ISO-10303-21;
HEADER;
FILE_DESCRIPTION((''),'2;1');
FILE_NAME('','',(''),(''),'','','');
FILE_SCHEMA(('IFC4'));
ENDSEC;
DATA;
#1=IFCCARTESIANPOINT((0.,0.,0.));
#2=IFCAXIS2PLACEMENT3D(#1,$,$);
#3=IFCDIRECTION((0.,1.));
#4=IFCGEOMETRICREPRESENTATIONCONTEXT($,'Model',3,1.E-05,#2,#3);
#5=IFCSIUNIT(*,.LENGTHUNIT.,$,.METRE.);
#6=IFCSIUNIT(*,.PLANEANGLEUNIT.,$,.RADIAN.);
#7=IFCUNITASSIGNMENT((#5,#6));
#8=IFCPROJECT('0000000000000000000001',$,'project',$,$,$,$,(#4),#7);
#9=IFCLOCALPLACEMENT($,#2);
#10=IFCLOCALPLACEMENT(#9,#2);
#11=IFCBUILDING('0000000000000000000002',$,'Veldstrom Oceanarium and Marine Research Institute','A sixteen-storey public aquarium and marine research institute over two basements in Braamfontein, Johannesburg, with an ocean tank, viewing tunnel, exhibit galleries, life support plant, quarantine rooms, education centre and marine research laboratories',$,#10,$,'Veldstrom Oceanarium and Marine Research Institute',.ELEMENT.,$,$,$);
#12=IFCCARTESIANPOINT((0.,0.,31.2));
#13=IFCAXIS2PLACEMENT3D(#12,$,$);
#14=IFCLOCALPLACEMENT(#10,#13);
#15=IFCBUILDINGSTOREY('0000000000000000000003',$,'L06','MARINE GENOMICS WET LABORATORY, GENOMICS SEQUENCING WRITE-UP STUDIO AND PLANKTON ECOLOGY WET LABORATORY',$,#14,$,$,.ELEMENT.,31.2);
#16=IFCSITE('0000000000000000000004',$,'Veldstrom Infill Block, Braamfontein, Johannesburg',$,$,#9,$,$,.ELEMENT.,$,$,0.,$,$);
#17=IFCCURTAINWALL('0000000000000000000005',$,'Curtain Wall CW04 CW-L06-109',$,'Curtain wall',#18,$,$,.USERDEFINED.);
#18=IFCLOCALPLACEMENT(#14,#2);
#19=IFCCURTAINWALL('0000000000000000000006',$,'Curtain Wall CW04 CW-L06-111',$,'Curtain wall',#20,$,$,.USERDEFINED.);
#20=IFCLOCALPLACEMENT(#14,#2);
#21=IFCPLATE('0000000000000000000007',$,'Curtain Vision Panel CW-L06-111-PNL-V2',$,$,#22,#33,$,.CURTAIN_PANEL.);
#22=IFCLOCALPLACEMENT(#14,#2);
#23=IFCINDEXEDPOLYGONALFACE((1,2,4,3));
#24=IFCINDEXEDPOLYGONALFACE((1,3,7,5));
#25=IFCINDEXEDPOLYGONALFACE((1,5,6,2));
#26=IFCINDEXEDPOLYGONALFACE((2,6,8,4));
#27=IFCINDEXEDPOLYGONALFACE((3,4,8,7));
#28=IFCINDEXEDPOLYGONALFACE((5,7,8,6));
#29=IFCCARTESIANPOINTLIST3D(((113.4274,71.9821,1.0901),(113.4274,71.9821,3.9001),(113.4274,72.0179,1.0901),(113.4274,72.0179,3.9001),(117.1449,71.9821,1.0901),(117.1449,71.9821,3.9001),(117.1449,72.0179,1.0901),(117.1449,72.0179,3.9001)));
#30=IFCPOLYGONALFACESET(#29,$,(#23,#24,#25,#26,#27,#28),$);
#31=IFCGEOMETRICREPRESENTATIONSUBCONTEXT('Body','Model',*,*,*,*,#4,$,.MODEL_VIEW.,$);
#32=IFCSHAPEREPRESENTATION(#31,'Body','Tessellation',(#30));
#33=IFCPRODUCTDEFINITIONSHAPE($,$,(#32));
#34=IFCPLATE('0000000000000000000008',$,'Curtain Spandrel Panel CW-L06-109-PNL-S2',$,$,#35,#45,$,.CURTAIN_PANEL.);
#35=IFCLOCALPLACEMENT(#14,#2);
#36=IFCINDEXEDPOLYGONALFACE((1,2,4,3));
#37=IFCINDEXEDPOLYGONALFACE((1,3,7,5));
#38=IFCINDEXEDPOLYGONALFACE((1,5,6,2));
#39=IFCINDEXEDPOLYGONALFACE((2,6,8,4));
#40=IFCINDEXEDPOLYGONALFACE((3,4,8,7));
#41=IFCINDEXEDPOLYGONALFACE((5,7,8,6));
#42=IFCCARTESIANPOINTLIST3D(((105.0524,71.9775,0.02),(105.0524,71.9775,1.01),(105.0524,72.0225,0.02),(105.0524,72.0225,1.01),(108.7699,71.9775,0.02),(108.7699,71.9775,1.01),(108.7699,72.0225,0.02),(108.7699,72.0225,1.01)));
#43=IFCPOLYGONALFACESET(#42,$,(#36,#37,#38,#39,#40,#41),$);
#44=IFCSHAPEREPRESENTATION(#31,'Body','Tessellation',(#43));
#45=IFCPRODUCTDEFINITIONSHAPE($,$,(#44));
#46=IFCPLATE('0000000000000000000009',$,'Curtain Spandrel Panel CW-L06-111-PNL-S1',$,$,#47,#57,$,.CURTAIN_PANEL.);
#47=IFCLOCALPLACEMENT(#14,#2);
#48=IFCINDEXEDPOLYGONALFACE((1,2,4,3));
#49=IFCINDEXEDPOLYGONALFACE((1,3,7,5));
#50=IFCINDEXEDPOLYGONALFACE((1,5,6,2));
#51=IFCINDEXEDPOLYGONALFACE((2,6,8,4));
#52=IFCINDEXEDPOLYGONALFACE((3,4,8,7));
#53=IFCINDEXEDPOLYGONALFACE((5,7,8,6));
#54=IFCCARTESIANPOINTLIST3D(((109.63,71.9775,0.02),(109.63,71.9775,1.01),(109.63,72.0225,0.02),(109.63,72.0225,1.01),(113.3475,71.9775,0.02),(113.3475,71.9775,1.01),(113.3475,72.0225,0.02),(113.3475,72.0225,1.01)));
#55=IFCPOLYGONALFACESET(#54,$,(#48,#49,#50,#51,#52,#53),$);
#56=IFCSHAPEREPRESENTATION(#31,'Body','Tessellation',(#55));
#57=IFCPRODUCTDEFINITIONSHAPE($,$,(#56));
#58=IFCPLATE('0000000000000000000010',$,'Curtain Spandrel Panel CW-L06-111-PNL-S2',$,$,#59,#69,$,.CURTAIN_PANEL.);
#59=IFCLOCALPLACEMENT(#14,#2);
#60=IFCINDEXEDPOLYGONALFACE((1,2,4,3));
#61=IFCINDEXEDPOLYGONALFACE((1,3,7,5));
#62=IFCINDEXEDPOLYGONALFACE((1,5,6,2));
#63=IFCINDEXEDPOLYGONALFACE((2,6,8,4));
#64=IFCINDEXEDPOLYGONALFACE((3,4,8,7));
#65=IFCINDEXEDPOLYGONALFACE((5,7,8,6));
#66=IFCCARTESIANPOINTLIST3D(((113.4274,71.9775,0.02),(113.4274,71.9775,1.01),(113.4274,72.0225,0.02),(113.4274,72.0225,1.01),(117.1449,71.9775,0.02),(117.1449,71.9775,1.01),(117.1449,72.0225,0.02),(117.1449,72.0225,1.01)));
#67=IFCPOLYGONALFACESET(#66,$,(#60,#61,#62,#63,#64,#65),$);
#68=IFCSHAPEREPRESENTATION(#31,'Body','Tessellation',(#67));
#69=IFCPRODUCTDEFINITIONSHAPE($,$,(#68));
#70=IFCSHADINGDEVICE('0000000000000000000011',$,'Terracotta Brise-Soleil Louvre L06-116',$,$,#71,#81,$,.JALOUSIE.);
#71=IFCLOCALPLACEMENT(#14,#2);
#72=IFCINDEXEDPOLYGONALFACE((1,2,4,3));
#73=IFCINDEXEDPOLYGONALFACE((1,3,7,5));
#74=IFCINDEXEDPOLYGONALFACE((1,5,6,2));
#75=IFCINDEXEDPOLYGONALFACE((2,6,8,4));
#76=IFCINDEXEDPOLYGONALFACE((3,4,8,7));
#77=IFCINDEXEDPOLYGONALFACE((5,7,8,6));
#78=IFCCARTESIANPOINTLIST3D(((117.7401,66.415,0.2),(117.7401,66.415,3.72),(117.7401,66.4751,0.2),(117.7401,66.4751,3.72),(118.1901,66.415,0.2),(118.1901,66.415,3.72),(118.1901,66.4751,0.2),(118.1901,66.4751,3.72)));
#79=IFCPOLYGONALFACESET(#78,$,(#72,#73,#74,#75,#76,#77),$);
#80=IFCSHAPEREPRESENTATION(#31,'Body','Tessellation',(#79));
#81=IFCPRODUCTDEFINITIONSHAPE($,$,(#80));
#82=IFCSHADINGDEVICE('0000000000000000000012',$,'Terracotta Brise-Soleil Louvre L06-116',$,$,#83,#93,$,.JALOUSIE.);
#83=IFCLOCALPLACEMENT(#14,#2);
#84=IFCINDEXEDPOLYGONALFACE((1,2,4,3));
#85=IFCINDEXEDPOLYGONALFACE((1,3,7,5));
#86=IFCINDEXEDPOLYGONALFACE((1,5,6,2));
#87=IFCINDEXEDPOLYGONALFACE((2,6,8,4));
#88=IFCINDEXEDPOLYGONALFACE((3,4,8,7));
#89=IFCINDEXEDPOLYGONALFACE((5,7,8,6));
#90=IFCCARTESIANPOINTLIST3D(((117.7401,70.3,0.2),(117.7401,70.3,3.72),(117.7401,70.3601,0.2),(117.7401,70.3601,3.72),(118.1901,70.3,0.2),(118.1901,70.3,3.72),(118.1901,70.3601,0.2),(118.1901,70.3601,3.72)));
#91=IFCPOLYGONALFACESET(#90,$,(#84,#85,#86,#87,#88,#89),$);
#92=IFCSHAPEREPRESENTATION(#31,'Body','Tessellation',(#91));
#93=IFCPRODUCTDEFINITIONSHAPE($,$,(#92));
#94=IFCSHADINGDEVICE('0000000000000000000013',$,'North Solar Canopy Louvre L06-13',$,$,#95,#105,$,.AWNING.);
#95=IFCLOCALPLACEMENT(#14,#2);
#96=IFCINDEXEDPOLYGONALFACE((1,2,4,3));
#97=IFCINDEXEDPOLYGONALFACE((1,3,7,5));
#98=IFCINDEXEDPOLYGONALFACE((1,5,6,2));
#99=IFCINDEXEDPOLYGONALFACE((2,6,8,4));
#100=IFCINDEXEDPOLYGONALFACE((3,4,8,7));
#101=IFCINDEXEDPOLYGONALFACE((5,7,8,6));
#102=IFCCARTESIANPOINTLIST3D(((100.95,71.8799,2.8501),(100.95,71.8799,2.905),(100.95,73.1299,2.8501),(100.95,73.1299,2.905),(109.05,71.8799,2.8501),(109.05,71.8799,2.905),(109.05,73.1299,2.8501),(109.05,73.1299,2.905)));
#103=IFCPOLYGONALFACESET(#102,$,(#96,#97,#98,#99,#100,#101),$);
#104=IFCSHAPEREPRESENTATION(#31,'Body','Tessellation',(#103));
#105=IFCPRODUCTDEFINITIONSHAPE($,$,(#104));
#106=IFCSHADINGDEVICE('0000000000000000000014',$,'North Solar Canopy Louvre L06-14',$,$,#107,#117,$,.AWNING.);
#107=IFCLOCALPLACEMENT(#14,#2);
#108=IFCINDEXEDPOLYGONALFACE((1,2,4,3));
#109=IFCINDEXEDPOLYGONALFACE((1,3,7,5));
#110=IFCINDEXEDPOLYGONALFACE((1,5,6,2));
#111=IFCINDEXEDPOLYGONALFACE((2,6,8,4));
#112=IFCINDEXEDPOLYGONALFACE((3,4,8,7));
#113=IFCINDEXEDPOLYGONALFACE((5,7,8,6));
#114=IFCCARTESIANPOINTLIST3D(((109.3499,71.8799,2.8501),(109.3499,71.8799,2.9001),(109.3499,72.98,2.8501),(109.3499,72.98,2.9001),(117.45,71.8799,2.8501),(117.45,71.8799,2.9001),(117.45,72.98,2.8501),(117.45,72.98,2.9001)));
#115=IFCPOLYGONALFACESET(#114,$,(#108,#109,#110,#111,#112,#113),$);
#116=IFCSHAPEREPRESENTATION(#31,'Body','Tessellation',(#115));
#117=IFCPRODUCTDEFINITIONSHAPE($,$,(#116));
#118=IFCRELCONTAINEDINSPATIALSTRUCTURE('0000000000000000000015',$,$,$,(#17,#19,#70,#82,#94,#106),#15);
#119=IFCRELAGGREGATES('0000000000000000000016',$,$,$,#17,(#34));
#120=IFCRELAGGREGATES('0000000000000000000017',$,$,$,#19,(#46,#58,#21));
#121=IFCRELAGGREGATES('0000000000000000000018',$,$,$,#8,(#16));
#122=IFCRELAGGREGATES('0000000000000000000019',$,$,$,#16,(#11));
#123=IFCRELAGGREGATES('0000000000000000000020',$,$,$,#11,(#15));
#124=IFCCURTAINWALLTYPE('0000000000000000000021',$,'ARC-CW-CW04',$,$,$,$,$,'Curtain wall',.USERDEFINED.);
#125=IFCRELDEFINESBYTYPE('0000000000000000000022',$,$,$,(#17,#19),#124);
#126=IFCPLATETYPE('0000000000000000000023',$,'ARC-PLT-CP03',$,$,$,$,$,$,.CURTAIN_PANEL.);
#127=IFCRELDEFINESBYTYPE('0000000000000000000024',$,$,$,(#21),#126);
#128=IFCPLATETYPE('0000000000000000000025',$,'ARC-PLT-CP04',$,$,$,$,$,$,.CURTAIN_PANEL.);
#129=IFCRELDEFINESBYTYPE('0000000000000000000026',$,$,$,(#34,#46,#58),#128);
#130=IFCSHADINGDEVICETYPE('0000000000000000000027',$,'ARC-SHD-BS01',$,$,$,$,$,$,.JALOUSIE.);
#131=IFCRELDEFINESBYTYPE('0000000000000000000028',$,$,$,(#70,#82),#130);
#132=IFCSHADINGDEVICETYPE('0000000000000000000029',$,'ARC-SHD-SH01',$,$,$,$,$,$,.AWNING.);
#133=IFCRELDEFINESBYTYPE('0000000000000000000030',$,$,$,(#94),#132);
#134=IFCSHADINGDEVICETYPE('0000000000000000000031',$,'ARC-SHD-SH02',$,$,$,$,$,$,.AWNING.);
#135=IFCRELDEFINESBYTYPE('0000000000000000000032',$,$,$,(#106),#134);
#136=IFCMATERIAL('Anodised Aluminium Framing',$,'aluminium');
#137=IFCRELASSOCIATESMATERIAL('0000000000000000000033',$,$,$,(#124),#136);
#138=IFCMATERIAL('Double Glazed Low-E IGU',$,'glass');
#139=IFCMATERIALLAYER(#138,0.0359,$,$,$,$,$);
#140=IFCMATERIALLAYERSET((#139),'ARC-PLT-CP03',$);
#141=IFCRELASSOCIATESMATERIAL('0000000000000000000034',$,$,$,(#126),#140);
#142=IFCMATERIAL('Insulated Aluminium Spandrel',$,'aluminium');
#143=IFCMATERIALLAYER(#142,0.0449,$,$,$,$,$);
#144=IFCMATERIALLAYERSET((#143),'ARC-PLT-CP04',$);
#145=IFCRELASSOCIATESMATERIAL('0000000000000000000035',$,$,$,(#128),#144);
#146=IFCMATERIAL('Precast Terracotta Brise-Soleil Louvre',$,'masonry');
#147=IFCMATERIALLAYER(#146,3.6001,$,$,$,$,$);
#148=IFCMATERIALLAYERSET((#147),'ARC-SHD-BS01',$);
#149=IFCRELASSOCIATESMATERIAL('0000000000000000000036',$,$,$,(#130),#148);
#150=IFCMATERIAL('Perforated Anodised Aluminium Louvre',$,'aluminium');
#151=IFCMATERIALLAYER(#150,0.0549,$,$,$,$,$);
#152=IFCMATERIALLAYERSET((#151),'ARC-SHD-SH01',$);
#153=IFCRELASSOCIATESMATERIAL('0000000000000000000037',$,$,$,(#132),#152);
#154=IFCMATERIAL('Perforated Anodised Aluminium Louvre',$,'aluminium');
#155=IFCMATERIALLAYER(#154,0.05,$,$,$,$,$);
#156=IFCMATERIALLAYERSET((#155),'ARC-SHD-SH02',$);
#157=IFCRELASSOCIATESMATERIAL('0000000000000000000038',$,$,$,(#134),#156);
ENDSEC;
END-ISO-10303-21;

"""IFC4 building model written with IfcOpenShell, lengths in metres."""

from ifc_helpers import new_model, si_unit, direction, frame, origin, origin_2d, place, context, subcontext, project, spatial, rectangle, extrude, material, layer, layer_set, type_object, element, aggregate, save


model = new_model("IFC4")

# Units and contexts
model_context = context("Model", 3, precision=1e-05, world=origin(), true_north=direction((0.0, 1.0)))
body_context = subcontext(model_context, "Body", "Model", "MODEL_VIEW")
ifc_project = project(units=[si_unit("LENGTHUNIT", "METRE"), si_unit("PLANEANGLEUNIT", "RADIAN")], contexts=[model_context])

# Site, building, storey
site_placement = place(None, origin())
site = spatial("IfcSite", under=ifc_project, at=site_placement, Name="Veldstrom Infill Block, Braamfontein, Johannesburg", CompositionType="ELEMENT", RefElevation=0.0)
building_placement = place(site_placement, origin())
building = spatial("IfcBuilding", under=site, at=building_placement, Name="Veldstrom Oceanarium and Marine Research Institute", Description="A sixteen-storey public aquarium and marine research institute over two basements in Braamfontein, Johannesburg, with an ocean tank, viewing tunnel, exhibit galleries, life support plant, quarantine rooms, education centre and marine research laboratories", LongName="Veldstrom Oceanarium and Marine Research Institute", CompositionType="ELEMENT")
storey_placement = place(building_placement, frame((0.0, 0.0, 31.2)))
storey = spatial("IfcBuildingStorey", under=building, at=storey_placement, Name="L06", Description="MARINE GENOMICS WET LABORATORY, GENOMICS SEQUENCING WRITE-UP STUDIO AND PLANKTON ECOLOGY WET LABORATORY", CompositionType="ELEMENT", Elevation=31.2)

# Curtain walls
ifc_material_1 = material(Name="Anodised Aluminium Framing", Category="aluminium")
curtain_wall_type = type_object("IfcCurtainWallType", Name="ARC-CW-CW04", ElementType="Curtain wall", PredefinedType="USERDEFINED", material=ifc_material_1)
curtain_wall_1_placement = place(storey_placement, origin())
curtain_wall_1 = element("IfcCurtainWall", 1, at=curtain_wall_1_placement, inside=storey, type_object=curtain_wall_type, Name="Curtain Wall CW04 CW-L06-109", ObjectType="Curtain wall", PredefinedType="USERDEFINED")
curtain_wall_2_placement = place(storey_placement, origin())
curtain_wall_2 = element("IfcCurtainWall", 2, at=curtain_wall_2_placement, inside=storey, type_object=curtain_wall_type, Name="Curtain Wall CW04 CW-L06-111", ObjectType="Curtain wall", PredefinedType="USERDEFINED")

# Plates
ifc_material_2 = material(Name="Double Glazed Low-E IGU", Category="glass")
ifc_layer_1 = layer(ifc_material_2, 0.0359)
ifc_layer_set_1 = layer_set([ifc_layer_1], Name="ARC-PLT-CP03")
plate_type_1 = type_object("IfcPlateType", Name="ARC-PLT-CP03", PredefinedType="CURTAIN_PANEL", material=ifc_layer_set_1)
plate_1_placement = place(storey_placement, frame((115.2861, 72.0, 1.0901), z_axis=(0.0, 0.0, 1.0), x_axis=(1.0, 0.0, 0.0)))
plate_1 = element("IfcPlate", 3, at=plate_1_placement, type_object=plate_type_1, Name="Curtain Vision Panel CW-L06-111-PNL-V2", PredefinedType="CURTAIN_PANEL", context=body_context, shape_type="SweptSolid", body=[
    extrude(rectangle(XDim=3.7175, YDim=0.0359, at=origin_2d()), origin(), (0.0, 0.0, 1.0), 2.8101),
])
ifc_material_3 = material(Name="Insulated Aluminium Spandrel", Category="aluminium")
ifc_layer_2 = layer(ifc_material_3, 0.0449)
ifc_layer_set_2 = layer_set([ifc_layer_2], Name="ARC-PLT-CP04")
plate_type_2 = type_object("IfcPlateType", Name="ARC-PLT-CP04", PredefinedType="CURTAIN_PANEL", material=ifc_layer_set_2)
plate_2_placement = place(storey_placement, frame((106.9111, 72.0, 0.02), z_axis=(0.0, 0.0, 1.0), x_axis=(1.0, 0.0, 0.0)))
plate_2 = element("IfcPlate", 4, at=plate_2_placement, type_object=plate_type_2, Name="Curtain Spandrel Panel CW-L06-109-PNL-S2", PredefinedType="CURTAIN_PANEL", context=body_context, shape_type="SweptSolid", body=[
    extrude(rectangle(XDim=3.7175, YDim=0.0449, at=origin_2d()), origin(), (0.0, 0.0, 1.0), 0.99),
])
aggregate(curtain_wall_1, [plate_2])
plate_3_placement = place(storey_placement, frame((111.4888, 72.0, 0.02), z_axis=(0.0, 0.0, 1.0), x_axis=(1.0, 0.0, 0.0)))
plate_3 = element("IfcPlate", 5, at=plate_3_placement, type_object=plate_type_2, Name="Curtain Spandrel Panel CW-L06-111-PNL-S1", PredefinedType="CURTAIN_PANEL", context=body_context, shape_type="SweptSolid", body=[
    extrude(rectangle(XDim=3.7175, YDim=0.0449, at=origin_2d()), origin(), (0.0, 0.0, 1.0), 0.99),
])
plate_4_placement = place(storey_placement, frame((115.2861, 72.0, 0.02), z_axis=(0.0, 0.0, 1.0), x_axis=(1.0, 0.0, 0.0)))
plate_4 = element("IfcPlate", 6, at=plate_4_placement, type_object=plate_type_2, Name="Curtain Spandrel Panel CW-L06-111-PNL-S2", PredefinedType="CURTAIN_PANEL", context=body_context, shape_type="SweptSolid", body=[
    extrude(rectangle(XDim=3.7175, YDim=0.0449, at=origin_2d()), origin(), (0.0, 0.0, 1.0), 0.99),
])
aggregate(curtain_wall_2, [plate_3, plate_4, plate_1])

# Shading devices
ifc_material_4 = material(Name="Precast Terracotta Brise-Soleil Louvre", Category="masonry")
ifc_layer_3 = layer(ifc_material_4, 3.6001)
ifc_layer_set_3 = layer_set([ifc_layer_3], Name="ARC-SHD-BS01")
shading_device_type_1 = type_object("IfcShadingDeviceType", Name="ARC-SHD-BS01", PredefinedType="JALOUSIE", material=ifc_layer_set_3)
for number, where, z_axis, x_axis, name in (
    (7, (117.9651, 66.4451, 0.2), (0.0, 0.0, 1.0), (1.0, 0.0, 0.0), "Terracotta Brise-Soleil Louvre L06-116"),
    (8, (117.9651, 70.3301, 0.2), (0.0, 0.0, 1.0), (1.0, 0.0, 0.0), "Terracotta Brise-Soleil Louvre L06-116"),
):
    element("IfcShadingDevice", number, at=place(storey_placement, frame(where, z_axis=z_axis, x_axis=x_axis)), inside=storey, type_object=shading_device_type_1, Name=name, PredefinedType="JALOUSIE", context=body_context, shape_type="SweptSolid", body=[
        extrude(rectangle(XDim=0.45, YDim=0.0601, at=origin_2d()), origin(), (0.0, 0.0, 1.0), 3.52),
    ])
ifc_material_5 = material(Name="Perforated Anodised Aluminium Louvre", Category="aluminium")
ifc_layer_4 = layer(ifc_material_5, 0.0549)
ifc_layer_set_4 = layer_set([ifc_layer_4], Name="ARC-SHD-SH01")
shading_device_type_2 = type_object("IfcShadingDeviceType", Name="ARC-SHD-SH01", PredefinedType="AWNING", material=ifc_layer_set_4)
shading_device_1_placement = place(storey_placement, frame((105.0, 72.5049, 2.8501), z_axis=(0.0, 0.0, 1.0), x_axis=(1.0, 0.0, 0.0)))
element("IfcShadingDevice", 9, at=shading_device_1_placement, inside=storey, type_object=shading_device_type_2, Name="North Solar Canopy Louvre L06-13", PredefinedType="AWNING", context=body_context, shape_type="SweptSolid", body=[
    extrude(rectangle(XDim=8.1001, YDim=1.25, at=origin_2d()), origin(), (0.0, 0.0, 1.0), 0.0549),
])
ifc_material_6 = material(Name="Perforated Anodised Aluminium Louvre", Category="aluminium")
ifc_layer_5 = layer(ifc_material_6, 0.05)
ifc_layer_set_5 = layer_set([ifc_layer_5], Name="ARC-SHD-SH02")
shading_device_type_3 = type_object("IfcShadingDeviceType", Name="ARC-SHD-SH02", PredefinedType="AWNING", material=ifc_layer_set_5)
shading_device_2_placement = place(storey_placement, frame((113.3999, 72.4299, 2.8501), z_axis=(0.0, 0.0, 1.0), x_axis=(1.0, 0.0, 0.0)))
element("IfcShadingDevice", 10, at=shading_device_2_placement, inside=storey, type_object=shading_device_type_3, Name="North Solar Canopy Louvre L06-14", PredefinedType="AWNING", context=body_context, shape_type="SweptSolid", body=[
    extrude(rectangle(XDim=8.1001, YDim=1.1001, at=origin_2d()), origin(), (0.0, 0.0, 1.0), 0.05),
])

save(model, "model.ifc")
